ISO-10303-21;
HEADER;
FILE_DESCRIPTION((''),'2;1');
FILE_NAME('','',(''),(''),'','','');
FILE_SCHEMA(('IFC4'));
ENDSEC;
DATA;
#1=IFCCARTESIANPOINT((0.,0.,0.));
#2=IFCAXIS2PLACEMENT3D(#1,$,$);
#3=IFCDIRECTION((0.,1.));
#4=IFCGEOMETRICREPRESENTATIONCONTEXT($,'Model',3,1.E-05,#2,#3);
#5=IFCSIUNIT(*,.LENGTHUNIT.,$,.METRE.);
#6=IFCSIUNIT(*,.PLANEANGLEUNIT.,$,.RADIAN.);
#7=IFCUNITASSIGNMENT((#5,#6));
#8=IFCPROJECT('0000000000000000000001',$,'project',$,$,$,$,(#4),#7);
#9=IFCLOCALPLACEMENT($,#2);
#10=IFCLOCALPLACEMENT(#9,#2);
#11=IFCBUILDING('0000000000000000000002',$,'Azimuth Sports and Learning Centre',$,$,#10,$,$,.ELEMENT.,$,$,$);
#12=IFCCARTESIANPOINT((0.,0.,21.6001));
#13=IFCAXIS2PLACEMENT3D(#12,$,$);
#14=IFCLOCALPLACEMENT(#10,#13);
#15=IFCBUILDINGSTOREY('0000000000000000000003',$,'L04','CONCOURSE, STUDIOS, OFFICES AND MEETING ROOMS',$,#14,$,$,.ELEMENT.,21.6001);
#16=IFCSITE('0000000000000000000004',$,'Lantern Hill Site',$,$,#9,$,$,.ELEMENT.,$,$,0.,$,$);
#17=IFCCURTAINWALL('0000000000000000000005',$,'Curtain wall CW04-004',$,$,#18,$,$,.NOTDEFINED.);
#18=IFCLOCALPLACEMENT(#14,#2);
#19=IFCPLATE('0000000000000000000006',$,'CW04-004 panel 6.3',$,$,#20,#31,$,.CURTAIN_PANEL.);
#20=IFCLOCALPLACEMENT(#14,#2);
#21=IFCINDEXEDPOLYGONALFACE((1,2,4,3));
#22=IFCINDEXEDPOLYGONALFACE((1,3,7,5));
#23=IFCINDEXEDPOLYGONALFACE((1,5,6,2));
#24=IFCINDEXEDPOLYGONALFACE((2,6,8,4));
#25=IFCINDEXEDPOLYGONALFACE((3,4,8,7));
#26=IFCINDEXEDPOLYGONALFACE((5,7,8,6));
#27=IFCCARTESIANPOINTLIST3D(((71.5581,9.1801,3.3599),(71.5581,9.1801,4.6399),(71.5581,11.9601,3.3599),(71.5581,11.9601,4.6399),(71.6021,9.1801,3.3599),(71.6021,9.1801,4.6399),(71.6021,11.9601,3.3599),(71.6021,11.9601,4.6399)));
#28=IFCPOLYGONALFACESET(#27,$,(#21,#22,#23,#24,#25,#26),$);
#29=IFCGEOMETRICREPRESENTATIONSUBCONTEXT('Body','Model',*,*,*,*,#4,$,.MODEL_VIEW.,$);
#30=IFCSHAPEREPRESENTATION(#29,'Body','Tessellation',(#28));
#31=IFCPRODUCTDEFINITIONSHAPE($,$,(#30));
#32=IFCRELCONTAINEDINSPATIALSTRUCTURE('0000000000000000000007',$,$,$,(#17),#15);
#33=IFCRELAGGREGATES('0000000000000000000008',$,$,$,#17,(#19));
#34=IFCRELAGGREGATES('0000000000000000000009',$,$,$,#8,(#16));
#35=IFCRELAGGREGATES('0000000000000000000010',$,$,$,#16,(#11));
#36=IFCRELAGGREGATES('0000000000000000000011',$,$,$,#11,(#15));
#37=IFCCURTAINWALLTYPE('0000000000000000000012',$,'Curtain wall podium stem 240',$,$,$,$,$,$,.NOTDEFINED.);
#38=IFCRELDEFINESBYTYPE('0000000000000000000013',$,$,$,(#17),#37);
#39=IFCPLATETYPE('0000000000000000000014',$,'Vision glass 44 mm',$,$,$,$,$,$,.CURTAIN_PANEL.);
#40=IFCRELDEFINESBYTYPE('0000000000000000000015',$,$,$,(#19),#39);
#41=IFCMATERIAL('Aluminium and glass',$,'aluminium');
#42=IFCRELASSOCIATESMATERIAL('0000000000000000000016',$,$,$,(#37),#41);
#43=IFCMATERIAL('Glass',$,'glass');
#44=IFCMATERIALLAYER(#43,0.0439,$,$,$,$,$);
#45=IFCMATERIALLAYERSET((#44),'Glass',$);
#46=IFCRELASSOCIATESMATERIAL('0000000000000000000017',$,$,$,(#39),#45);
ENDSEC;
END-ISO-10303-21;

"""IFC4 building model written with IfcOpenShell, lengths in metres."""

from ifc_helpers import new_model, si_unit, direction, frame, origin, origin_2d, place, context, subcontext, project, spatial, rectangle, extrude, material, layer, layer_set, type_object, element, aggregate, save


model = new_model("IFC4")

# Units and contexts
model_context = context("Model", 3, precision=1e-05, world=origin(), true_north=direction((0.0, 1.0)))
body_context = subcontext(model_context, "Body", "Model", "MODEL_VIEW")
ifc_project = project(units=[si_unit("LENGTHUNIT", "METRE"), si_unit("PLANEANGLEUNIT", "RADIAN")], contexts=[model_context])

# Site, building, storey
site_placement = place(None, origin())
site = spatial("IfcSite", under=ifc_project, at=site_placement, Name="Lantern Hill Site", CompositionType="ELEMENT", RefElevation=0.0)
building_placement = place(site_placement, origin())
building = spatial("IfcBuilding", under=site, at=building_placement, Name="Azimuth Sports and Learning Centre", CompositionType="ELEMENT")
storey_placement = place(building_placement, frame((0.0, 0.0, 21.6001)))
storey = spatial("IfcBuildingStorey", under=building, at=storey_placement, Name="L04", Description="CONCOURSE, STUDIOS, OFFICES AND MEETING ROOMS", CompositionType="ELEMENT", Elevation=21.6001)

# Curtain wall
ifc_material_1 = material(Name="Aluminium and glass", Category="aluminium")
curtain_wall_type = type_object("IfcCurtainWallType", Name="Curtain wall podium stem 240", PredefinedType="NOTDEFINED", material=ifc_material_1)
curtain_wall_placement = place(storey_placement, origin())
curtain_wall = element("IfcCurtainWall", 1, at=curtain_wall_placement, inside=storey, type_object=curtain_wall_type, Name="Curtain wall CW04-004", PredefinedType="NOTDEFINED")

# Plate
ifc_material_2 = material(Name="Glass", Category="glass")
ifc_layer_1 = layer(ifc_material_2, 0.0439)
ifc_layer_set_1 = layer_set([ifc_layer_1], Name="Glass")
plate_type_1 = type_object("IfcPlateType", Name="Vision glass 44 mm", PredefinedType="CURTAIN_PANEL", material=ifc_layer_set_1)
plate_1_placement = place(storey_placement, frame((71.5801, 10.5701, 3.3599), z_axis=(0.0, 0.0, 1.0), x_axis=(0.0, -1.0, 0.0)))
plate_1 = element("IfcPlate", 2, at=plate_1_placement, type_object=plate_type_1, Name="CW04-004 panel 6.3", PredefinedType="CURTAIN_PANEL", context=body_context, shape_type="SweptSolid", body=[
    extrude(rectangle(XDim=2.78, YDim=0.0439, at=origin_2d()), origin(), (0.0, 0.0, 1.0), 1.28),
])
aggregate(curtain_wall, [plate_1])

save(model, "model.ifc")
